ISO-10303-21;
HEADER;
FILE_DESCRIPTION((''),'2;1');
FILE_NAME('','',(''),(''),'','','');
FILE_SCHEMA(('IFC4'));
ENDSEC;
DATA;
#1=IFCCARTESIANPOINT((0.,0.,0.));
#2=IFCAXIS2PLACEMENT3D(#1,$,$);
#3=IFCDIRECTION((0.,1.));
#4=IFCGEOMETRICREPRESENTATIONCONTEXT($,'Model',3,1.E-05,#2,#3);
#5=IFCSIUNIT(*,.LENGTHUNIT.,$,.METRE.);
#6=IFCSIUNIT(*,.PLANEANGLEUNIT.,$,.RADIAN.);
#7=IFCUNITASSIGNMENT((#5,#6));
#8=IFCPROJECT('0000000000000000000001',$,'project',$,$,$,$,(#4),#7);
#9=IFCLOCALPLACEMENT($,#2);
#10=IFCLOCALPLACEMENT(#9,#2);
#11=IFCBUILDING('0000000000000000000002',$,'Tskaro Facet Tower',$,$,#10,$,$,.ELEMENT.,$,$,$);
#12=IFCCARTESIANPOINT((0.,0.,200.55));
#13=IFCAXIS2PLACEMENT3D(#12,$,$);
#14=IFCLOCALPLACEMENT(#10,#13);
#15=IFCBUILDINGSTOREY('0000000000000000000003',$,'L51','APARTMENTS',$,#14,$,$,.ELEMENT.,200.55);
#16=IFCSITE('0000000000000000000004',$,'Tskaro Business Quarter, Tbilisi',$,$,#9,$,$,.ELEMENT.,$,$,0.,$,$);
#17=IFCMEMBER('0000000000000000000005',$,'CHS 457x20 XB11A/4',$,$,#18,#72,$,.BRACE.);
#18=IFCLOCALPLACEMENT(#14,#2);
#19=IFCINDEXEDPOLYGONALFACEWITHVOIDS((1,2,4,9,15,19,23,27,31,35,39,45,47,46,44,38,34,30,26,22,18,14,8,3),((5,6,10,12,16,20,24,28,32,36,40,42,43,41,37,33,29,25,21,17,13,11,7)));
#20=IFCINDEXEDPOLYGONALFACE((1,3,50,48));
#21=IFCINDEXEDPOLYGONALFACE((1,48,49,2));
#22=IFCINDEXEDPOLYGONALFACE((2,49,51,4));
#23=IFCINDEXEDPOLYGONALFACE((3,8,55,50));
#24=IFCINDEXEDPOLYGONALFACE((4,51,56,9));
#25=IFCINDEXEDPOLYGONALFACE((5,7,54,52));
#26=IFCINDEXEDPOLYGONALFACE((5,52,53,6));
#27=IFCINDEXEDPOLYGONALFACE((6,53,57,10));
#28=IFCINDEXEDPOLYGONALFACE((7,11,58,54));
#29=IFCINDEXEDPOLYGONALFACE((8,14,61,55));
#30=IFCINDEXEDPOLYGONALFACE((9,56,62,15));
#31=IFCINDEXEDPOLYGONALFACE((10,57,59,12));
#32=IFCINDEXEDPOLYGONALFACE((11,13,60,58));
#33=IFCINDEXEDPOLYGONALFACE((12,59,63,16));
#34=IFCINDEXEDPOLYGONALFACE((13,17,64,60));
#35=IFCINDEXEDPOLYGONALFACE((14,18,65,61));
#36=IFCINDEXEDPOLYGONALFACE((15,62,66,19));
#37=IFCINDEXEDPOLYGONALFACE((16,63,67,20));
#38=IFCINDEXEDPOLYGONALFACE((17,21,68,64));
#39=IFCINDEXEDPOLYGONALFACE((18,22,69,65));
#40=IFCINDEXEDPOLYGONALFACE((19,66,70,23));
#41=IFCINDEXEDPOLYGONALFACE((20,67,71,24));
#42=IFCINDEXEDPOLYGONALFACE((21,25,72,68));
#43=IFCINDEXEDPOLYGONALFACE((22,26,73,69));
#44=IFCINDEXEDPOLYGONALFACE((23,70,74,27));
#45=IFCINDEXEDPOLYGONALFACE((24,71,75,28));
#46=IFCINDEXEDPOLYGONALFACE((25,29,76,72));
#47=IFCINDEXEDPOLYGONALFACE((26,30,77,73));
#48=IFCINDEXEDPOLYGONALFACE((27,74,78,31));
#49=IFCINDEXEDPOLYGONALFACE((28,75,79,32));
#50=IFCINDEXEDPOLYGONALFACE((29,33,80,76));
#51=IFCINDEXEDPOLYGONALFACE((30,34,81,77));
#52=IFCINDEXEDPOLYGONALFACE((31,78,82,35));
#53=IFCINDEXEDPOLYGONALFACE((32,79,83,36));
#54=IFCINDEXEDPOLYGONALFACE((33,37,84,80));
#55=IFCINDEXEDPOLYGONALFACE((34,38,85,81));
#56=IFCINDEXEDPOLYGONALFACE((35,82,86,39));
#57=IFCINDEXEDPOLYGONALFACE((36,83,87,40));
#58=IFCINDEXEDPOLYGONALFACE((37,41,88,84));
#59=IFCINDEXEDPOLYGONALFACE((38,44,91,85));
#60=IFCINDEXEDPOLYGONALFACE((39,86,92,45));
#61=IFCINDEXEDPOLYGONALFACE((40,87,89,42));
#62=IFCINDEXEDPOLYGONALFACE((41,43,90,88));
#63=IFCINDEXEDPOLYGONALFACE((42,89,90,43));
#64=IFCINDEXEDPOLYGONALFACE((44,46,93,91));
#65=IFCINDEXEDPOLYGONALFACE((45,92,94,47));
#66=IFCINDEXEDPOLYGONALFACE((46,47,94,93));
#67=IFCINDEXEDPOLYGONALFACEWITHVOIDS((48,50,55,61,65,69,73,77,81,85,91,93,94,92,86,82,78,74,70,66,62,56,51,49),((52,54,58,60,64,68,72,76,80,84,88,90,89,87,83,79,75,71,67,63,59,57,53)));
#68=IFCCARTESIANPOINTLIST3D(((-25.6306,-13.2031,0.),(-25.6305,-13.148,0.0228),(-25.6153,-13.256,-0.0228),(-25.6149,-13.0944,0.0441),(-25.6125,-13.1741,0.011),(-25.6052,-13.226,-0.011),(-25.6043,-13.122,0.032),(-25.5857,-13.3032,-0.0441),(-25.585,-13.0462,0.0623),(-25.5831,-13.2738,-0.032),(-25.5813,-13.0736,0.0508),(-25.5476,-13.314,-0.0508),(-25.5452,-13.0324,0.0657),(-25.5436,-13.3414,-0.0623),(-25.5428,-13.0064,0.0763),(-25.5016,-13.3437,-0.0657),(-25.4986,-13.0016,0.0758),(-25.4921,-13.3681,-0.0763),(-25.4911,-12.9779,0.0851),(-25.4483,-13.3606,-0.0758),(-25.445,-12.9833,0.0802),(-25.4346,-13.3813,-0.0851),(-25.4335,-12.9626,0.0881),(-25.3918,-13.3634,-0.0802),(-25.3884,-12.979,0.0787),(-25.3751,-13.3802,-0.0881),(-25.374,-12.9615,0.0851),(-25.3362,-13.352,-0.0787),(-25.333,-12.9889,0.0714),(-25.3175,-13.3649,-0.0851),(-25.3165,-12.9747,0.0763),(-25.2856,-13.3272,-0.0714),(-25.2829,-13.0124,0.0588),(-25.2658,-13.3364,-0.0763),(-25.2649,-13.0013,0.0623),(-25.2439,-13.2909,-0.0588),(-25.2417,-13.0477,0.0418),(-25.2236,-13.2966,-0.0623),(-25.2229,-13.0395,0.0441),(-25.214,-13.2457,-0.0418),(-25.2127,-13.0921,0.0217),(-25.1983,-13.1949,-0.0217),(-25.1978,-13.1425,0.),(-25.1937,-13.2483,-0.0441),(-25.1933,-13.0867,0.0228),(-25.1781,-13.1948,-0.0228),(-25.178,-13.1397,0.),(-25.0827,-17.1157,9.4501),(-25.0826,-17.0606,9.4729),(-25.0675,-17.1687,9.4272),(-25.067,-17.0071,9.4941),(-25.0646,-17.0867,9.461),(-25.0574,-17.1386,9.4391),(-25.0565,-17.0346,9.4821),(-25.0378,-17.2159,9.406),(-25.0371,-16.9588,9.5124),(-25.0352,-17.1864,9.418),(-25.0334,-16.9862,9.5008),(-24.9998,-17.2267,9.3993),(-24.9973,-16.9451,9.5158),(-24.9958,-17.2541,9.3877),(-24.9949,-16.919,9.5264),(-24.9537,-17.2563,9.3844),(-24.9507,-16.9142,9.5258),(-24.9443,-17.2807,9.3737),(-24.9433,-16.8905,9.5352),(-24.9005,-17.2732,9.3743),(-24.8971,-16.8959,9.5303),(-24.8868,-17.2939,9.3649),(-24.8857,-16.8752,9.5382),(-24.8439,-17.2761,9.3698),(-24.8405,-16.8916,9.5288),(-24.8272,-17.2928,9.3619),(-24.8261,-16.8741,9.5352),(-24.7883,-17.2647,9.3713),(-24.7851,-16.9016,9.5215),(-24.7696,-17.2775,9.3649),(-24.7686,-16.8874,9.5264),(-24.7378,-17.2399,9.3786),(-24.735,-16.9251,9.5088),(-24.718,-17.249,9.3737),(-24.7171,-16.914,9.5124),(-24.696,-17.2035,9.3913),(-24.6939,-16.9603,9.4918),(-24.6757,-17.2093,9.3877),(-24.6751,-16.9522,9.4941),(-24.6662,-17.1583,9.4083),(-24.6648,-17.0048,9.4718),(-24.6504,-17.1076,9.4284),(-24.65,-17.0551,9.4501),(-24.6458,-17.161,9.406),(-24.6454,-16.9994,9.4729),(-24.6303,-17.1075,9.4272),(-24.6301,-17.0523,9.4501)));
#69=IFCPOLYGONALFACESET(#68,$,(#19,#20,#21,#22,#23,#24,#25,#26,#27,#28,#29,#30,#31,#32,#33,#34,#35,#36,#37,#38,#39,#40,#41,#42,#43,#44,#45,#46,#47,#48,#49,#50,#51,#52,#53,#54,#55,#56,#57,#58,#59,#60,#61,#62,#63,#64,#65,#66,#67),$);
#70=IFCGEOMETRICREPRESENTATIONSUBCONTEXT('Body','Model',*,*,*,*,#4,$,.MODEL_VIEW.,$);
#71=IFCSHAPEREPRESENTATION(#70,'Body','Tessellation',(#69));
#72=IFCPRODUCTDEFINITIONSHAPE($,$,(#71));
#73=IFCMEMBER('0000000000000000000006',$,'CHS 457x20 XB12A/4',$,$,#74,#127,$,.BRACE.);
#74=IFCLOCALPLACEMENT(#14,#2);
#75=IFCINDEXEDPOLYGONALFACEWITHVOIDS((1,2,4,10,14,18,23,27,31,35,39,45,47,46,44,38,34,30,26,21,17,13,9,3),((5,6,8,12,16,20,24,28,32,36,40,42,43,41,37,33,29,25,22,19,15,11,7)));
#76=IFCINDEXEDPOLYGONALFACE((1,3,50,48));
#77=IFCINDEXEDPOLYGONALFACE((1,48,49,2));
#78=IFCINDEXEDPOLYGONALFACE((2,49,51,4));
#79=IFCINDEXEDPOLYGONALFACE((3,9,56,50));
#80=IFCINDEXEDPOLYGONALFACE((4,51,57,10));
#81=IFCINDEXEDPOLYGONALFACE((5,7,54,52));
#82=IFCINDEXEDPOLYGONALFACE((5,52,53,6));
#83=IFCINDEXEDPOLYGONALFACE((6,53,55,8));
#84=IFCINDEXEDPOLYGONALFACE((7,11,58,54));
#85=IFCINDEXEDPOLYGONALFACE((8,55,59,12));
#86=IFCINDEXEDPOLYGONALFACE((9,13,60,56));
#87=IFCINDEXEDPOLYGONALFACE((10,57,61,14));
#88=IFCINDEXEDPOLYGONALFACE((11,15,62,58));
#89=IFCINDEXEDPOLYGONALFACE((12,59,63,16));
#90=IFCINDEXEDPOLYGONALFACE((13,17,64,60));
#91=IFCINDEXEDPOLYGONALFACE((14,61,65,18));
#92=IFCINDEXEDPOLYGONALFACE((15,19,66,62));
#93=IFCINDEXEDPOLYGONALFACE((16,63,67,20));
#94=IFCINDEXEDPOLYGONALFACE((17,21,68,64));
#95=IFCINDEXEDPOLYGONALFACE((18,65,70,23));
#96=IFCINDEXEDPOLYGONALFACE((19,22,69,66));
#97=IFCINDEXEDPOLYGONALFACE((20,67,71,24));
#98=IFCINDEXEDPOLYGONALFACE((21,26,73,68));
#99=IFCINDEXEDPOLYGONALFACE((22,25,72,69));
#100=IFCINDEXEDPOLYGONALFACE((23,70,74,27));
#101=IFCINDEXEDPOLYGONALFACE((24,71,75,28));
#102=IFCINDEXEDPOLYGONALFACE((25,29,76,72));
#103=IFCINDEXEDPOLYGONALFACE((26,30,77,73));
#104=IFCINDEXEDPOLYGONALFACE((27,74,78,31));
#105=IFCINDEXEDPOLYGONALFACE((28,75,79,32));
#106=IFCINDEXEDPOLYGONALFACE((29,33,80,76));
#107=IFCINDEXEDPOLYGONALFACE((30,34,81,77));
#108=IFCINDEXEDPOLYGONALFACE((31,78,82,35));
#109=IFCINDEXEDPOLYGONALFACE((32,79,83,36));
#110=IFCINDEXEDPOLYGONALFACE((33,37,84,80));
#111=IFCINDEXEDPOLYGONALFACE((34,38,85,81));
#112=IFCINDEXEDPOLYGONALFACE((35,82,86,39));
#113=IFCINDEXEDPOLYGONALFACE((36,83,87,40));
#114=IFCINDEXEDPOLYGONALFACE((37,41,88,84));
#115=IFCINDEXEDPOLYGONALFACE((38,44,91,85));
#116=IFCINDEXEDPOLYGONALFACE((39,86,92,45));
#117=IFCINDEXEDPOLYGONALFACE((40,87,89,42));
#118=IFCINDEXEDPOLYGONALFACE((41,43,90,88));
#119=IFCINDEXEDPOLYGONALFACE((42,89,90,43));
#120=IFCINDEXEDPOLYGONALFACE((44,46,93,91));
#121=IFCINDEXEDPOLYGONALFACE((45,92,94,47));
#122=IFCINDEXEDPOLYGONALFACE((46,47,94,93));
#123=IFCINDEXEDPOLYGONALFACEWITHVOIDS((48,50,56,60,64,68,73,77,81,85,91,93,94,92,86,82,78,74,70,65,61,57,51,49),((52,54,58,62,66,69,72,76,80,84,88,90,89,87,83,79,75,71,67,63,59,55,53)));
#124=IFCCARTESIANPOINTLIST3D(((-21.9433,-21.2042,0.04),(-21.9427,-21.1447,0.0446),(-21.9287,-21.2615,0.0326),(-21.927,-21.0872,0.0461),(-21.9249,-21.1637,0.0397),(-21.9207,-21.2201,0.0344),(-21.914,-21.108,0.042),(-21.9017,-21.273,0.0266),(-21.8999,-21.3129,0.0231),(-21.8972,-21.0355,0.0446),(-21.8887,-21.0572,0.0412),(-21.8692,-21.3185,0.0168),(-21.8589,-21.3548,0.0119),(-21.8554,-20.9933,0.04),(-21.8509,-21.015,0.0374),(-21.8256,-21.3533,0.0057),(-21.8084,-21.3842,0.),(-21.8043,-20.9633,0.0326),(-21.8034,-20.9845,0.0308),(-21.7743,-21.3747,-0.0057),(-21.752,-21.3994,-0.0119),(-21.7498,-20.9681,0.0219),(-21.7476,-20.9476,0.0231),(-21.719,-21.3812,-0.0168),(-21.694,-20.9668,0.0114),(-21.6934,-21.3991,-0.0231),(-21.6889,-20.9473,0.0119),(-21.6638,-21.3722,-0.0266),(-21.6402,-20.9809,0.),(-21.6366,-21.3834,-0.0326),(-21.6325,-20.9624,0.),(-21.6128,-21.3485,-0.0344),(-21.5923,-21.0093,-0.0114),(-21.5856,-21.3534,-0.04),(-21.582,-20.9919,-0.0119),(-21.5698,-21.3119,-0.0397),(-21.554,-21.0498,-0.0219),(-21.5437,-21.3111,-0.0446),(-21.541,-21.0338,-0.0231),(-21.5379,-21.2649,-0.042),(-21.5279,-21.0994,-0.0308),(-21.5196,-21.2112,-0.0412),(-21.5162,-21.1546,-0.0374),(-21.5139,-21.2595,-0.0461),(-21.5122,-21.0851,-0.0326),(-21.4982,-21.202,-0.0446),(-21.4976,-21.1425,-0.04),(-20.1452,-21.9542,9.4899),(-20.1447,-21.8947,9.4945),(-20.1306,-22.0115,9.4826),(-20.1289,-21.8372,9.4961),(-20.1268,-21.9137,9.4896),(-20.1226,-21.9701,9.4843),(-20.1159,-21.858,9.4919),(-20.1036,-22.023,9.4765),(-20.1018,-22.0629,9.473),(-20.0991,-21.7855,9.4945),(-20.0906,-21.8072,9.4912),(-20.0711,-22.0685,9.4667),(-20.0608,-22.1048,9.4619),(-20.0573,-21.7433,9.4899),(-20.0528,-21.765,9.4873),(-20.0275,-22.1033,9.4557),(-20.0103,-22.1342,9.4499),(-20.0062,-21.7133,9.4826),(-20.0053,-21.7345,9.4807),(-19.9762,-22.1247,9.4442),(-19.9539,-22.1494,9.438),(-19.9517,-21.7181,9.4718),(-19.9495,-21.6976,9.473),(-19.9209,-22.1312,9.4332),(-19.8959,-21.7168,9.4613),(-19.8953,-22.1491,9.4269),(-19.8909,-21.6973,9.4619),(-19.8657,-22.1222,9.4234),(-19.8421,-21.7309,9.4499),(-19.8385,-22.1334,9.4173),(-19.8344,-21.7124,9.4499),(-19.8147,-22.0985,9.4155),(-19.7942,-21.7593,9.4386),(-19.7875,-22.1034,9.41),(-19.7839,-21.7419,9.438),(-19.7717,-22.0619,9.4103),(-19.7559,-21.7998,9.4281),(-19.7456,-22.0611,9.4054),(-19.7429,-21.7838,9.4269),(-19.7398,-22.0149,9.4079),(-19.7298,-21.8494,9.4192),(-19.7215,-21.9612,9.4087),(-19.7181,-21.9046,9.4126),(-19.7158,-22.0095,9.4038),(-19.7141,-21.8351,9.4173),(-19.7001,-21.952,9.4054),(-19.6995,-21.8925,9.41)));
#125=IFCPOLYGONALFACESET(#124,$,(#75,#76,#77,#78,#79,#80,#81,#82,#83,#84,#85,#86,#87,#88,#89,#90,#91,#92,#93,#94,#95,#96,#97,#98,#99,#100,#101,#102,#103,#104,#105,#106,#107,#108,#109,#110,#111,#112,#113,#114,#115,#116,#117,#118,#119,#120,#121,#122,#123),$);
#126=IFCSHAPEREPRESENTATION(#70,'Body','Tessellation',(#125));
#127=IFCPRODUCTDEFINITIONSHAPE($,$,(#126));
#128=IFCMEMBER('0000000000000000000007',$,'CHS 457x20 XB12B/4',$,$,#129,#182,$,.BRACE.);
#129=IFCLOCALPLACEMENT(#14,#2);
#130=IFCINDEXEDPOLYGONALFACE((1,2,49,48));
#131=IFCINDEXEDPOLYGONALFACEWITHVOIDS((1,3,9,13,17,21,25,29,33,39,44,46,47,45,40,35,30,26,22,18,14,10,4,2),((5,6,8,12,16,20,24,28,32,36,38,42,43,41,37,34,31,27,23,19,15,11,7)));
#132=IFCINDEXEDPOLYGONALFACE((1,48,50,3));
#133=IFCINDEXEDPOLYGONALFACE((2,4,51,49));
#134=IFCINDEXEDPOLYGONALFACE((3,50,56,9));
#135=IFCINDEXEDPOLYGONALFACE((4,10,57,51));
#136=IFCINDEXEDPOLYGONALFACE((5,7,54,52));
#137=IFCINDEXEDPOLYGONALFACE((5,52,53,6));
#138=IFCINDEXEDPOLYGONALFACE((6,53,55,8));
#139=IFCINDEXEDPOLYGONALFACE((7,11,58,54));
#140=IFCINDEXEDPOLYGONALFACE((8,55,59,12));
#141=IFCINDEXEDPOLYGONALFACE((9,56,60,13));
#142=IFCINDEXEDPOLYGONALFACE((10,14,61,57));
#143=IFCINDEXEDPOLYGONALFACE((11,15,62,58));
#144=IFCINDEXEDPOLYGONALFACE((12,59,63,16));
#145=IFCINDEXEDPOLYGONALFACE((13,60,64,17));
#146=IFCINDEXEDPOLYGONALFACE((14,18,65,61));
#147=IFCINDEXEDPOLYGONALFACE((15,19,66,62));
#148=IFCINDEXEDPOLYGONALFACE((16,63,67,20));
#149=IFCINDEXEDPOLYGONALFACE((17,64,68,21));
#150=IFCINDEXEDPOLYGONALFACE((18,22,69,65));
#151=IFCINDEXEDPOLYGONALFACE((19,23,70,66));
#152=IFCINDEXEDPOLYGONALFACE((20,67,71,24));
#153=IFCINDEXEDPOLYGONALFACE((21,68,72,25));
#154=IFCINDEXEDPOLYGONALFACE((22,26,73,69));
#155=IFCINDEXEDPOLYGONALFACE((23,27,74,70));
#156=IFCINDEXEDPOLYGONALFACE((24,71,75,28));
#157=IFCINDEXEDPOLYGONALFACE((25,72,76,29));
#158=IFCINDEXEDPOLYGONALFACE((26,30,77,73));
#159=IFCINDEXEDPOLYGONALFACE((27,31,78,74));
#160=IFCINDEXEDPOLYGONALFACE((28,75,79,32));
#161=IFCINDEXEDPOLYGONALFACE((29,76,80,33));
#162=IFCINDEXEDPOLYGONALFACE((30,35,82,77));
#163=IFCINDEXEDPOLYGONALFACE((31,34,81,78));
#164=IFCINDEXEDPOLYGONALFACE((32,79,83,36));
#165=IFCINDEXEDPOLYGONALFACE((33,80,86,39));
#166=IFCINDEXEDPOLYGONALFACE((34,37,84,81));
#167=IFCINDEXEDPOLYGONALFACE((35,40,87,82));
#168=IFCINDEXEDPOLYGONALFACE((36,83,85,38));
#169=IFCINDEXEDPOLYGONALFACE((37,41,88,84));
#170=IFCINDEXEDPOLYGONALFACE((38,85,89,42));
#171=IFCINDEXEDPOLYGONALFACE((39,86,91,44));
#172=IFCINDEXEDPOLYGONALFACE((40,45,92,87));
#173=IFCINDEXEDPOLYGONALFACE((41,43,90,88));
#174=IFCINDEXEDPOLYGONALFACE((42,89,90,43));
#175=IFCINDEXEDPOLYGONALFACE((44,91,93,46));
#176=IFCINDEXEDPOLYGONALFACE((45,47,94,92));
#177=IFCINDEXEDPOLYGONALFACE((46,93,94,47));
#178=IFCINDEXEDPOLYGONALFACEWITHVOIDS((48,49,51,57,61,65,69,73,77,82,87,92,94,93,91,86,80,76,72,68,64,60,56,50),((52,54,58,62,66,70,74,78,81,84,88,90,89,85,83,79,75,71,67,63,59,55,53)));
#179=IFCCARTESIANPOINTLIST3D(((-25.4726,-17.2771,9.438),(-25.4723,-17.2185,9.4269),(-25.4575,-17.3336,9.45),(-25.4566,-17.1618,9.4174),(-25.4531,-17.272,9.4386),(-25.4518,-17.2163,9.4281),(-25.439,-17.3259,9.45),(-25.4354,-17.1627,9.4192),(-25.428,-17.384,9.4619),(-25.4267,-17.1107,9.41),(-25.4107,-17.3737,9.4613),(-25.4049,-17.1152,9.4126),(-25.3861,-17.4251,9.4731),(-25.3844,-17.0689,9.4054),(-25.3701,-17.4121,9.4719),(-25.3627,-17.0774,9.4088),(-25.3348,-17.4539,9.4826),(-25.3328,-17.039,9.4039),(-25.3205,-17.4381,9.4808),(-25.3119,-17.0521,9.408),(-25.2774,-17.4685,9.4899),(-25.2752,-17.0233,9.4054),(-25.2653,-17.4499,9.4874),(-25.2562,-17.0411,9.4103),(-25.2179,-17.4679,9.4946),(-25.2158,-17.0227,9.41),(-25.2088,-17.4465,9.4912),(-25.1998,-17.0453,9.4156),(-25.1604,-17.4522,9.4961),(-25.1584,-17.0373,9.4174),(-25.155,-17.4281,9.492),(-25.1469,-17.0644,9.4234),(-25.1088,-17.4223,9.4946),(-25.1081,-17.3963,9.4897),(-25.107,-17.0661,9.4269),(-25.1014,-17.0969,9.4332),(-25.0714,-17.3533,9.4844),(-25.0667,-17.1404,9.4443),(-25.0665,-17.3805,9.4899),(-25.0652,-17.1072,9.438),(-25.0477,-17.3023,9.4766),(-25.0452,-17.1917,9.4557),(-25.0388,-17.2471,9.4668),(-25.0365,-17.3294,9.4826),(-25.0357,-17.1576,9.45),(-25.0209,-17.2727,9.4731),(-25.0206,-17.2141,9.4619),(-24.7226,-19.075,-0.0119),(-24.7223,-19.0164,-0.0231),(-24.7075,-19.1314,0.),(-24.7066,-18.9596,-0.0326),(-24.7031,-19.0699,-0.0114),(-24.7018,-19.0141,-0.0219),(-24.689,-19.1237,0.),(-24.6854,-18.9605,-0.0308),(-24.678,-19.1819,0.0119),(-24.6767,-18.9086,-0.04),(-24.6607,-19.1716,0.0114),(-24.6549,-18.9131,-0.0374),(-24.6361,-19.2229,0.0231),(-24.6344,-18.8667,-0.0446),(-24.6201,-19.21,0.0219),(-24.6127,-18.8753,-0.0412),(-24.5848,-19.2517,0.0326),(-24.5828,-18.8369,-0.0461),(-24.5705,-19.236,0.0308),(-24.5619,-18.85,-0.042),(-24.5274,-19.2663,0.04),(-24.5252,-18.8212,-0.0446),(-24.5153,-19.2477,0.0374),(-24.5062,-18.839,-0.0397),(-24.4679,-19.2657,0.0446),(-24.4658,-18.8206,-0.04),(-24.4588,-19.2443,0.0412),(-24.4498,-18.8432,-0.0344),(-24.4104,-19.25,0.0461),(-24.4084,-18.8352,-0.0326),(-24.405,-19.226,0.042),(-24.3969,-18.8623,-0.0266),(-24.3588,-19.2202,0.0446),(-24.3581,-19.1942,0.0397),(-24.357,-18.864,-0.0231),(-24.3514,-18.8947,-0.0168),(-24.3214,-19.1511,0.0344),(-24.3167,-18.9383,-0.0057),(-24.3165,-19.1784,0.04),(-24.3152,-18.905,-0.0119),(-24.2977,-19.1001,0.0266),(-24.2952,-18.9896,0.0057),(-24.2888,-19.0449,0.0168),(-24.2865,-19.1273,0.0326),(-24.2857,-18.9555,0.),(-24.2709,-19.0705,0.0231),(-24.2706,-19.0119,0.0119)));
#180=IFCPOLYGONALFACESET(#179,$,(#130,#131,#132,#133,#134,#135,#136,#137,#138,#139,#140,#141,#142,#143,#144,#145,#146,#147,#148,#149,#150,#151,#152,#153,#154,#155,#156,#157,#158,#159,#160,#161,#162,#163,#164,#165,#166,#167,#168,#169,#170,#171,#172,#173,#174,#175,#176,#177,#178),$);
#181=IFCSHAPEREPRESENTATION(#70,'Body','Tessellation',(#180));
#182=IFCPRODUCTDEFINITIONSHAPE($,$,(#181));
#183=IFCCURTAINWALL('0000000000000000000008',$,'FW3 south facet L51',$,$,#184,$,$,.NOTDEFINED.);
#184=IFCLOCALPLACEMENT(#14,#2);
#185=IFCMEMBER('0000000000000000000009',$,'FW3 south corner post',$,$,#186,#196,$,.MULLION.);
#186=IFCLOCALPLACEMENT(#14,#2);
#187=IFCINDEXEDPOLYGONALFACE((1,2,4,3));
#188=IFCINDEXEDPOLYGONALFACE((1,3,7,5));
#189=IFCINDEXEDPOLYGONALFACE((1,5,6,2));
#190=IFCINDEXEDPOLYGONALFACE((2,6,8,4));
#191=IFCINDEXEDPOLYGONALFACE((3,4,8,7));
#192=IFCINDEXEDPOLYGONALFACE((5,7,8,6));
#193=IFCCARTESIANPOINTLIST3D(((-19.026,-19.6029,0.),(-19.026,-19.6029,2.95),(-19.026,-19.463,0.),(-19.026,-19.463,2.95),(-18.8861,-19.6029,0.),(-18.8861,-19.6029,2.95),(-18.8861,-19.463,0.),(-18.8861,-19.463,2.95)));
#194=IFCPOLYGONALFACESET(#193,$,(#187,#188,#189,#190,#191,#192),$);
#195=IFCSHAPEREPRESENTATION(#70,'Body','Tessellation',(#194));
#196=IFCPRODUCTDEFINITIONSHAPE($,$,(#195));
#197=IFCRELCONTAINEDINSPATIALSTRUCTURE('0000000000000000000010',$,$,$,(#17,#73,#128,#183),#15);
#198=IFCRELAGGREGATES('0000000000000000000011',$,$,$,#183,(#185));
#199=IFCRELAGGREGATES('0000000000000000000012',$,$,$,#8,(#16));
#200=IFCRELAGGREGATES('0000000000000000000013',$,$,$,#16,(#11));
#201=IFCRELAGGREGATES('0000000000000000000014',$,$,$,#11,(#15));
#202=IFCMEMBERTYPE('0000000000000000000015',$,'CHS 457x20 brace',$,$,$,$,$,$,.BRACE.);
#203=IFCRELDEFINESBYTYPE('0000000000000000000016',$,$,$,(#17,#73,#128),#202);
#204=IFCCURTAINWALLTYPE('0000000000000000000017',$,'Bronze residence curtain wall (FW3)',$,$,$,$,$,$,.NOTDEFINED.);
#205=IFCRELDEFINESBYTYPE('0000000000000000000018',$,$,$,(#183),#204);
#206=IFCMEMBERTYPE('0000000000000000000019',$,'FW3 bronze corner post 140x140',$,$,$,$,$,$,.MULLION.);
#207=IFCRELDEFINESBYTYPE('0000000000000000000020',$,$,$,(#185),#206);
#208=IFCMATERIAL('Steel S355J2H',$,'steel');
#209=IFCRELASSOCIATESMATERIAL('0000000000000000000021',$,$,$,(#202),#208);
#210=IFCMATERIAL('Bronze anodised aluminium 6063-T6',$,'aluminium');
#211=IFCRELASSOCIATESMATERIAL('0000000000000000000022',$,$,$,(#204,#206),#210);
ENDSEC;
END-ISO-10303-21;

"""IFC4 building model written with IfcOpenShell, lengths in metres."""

from ifc_helpers import new_model, si_unit, direction, frame, origin, origin_2d, place, context, subcontext, project, spatial, rectangle, hollow_circle, extrude, material, material_profile, profile_set, type_object, element, aggregate, save


model = new_model("IFC4")

# Units and contexts
model_context = context("Model", 3, precision=1e-05, world=origin(), true_north=direction((0.0, 1.0)))
body_context = subcontext(model_context, "Body", "Model", "MODEL_VIEW")
ifc_project = project(units=[si_unit("LENGTHUNIT", "METRE"), si_unit("PLANEANGLEUNIT", "RADIAN")], contexts=[model_context])

# Site, building, storey
site_placement = place(None, origin())
site = spatial("IfcSite", under=ifc_project, at=site_placement, Name="Tskaro Business Quarter, Tbilisi", CompositionType="ELEMENT", RefElevation=0.0)
building_placement = place(site_placement, origin())
building = spatial("IfcBuilding", under=site, at=building_placement, Name="Tskaro Facet Tower", CompositionType="ELEMENT")
storey_placement = place(building_placement, frame((0.0, 0.0, 200.55)))
storey = spatial("IfcBuildingStorey", under=building, at=storey_placement, Name="L51", Description="APARTMENTS", CompositionType="ELEMENT", Elevation=200.55)

# Shared definitions
ifc_material_1 = material(Name="Steel S355J2H", Category="steel")

# Members
ifc_material_profile_1 = material_profile(ifc_material_1, hollow_circle(Radius=0.2285, WallThickness=0.02, at=origin_2d()), Name="CHS 457x20")
ifc_profile_set_1 = profile_set([ifc_material_profile_1], Name="Steel S355J2H")
member_type_1 = type_object("IfcMemberType", Name="CHS 457x20 brace", PredefinedType="BRACE", material=ifc_profile_set_1)
member_1_placement = place(storey_placement, frame((-25.4043, -13.1714, 0.0), z_axis=(0.053488, -0.381994, 0.922616), x_axis=(0.990339, 0.13867, 0.0)))
element("IfcMember", 1, at=member_1_placement, inside=storey, type_object=member_type_1, Name="CHS 457x20 XB11A/4", PredefinedType="BRACE", context=body_context, shape_type="SweptSolid", body=[
    extrude(hollow_circle(Radius=0.2285, WallThickness=0.02, at=origin_2d()), origin(), (0.0, 0.0, 1.0), 10.2427),
])
for number, where, z_axis, x_axis, name in (
    (2, (-21.7205, -21.1733, 0.0), (0.186356, -0.077731, 0.979402), (0.384962, 0.922932, 0.0), "CHS 457x20 XB12A/4"),
    (3, (-24.4966, -19.0435, 0.0), (-0.077731, 0.186332, 0.979407), (-0.922914, -0.385007, 0.0), "CHS 457x20 XB12B/4"),
):
    element("IfcMember", number, at=place(storey_placement, frame(where, z_axis=z_axis, x_axis=x_axis)), inside=storey, type_object=member_type_1, Name=name, PredefinedType="BRACE", context=body_context, shape_type="SweptSolid", body=[
        extrude(hollow_circle(Radius=0.2285, WallThickness=0.02, at=origin_2d()), origin(), (0.0, 0.0, 1.0), 9.6487),
    ])

# Curtain wall, member
ifc_material_2 = material(Name="Bronze anodised aluminium 6063-T6", Category="aluminium")
curtain_wall_type = type_object("IfcCurtainWallType", Name="Bronze residence curtain wall (FW3)", PredefinedType="NOTDEFINED", material=ifc_material_2)
curtain_wall_1_placement = place(storey_placement, origin())
curtain_wall_1 = element("IfcCurtainWall", 4, at=curtain_wall_1_placement, inside=storey, type_object=curtain_wall_type, Name="FW3 south facet L51", PredefinedType="NOTDEFINED")
ifc_material_profile_2 = material_profile(ifc_material_2, rectangle(XDim=0.1399, YDim=0.1399, at=origin_2d()), Name="Corner post 140x140")
ifc_profile_set_2 = profile_set([ifc_material_profile_2], Name="Bronze anodised aluminium 6063-T6")
member_type_2 = type_object("IfcMemberType", Name="FW3 bronze corner post 140x140", PredefinedType="MULLION", material=ifc_profile_set_2)
member_2_placement = place(storey_placement, frame((-18.9561, -19.533, 0.0), z_axis=(0.0, 0.0, 1.0), x_axis=(1.0, 0.0, 0.0)))
member_2 = element("IfcMember", 5, at=member_2_placement, type_object=member_type_2, Name="FW3 south corner post", PredefinedType="MULLION", context=body_context, shape_type="SweptSolid", body=[
    extrude(rectangle(XDim=0.1399, YDim=0.1399, at=origin_2d()), origin(), (0.0, 0.0, 1.0), 2.95),
])

aggregate(curtain_wall_1, [member_2])

save(model, "model.ifc")
